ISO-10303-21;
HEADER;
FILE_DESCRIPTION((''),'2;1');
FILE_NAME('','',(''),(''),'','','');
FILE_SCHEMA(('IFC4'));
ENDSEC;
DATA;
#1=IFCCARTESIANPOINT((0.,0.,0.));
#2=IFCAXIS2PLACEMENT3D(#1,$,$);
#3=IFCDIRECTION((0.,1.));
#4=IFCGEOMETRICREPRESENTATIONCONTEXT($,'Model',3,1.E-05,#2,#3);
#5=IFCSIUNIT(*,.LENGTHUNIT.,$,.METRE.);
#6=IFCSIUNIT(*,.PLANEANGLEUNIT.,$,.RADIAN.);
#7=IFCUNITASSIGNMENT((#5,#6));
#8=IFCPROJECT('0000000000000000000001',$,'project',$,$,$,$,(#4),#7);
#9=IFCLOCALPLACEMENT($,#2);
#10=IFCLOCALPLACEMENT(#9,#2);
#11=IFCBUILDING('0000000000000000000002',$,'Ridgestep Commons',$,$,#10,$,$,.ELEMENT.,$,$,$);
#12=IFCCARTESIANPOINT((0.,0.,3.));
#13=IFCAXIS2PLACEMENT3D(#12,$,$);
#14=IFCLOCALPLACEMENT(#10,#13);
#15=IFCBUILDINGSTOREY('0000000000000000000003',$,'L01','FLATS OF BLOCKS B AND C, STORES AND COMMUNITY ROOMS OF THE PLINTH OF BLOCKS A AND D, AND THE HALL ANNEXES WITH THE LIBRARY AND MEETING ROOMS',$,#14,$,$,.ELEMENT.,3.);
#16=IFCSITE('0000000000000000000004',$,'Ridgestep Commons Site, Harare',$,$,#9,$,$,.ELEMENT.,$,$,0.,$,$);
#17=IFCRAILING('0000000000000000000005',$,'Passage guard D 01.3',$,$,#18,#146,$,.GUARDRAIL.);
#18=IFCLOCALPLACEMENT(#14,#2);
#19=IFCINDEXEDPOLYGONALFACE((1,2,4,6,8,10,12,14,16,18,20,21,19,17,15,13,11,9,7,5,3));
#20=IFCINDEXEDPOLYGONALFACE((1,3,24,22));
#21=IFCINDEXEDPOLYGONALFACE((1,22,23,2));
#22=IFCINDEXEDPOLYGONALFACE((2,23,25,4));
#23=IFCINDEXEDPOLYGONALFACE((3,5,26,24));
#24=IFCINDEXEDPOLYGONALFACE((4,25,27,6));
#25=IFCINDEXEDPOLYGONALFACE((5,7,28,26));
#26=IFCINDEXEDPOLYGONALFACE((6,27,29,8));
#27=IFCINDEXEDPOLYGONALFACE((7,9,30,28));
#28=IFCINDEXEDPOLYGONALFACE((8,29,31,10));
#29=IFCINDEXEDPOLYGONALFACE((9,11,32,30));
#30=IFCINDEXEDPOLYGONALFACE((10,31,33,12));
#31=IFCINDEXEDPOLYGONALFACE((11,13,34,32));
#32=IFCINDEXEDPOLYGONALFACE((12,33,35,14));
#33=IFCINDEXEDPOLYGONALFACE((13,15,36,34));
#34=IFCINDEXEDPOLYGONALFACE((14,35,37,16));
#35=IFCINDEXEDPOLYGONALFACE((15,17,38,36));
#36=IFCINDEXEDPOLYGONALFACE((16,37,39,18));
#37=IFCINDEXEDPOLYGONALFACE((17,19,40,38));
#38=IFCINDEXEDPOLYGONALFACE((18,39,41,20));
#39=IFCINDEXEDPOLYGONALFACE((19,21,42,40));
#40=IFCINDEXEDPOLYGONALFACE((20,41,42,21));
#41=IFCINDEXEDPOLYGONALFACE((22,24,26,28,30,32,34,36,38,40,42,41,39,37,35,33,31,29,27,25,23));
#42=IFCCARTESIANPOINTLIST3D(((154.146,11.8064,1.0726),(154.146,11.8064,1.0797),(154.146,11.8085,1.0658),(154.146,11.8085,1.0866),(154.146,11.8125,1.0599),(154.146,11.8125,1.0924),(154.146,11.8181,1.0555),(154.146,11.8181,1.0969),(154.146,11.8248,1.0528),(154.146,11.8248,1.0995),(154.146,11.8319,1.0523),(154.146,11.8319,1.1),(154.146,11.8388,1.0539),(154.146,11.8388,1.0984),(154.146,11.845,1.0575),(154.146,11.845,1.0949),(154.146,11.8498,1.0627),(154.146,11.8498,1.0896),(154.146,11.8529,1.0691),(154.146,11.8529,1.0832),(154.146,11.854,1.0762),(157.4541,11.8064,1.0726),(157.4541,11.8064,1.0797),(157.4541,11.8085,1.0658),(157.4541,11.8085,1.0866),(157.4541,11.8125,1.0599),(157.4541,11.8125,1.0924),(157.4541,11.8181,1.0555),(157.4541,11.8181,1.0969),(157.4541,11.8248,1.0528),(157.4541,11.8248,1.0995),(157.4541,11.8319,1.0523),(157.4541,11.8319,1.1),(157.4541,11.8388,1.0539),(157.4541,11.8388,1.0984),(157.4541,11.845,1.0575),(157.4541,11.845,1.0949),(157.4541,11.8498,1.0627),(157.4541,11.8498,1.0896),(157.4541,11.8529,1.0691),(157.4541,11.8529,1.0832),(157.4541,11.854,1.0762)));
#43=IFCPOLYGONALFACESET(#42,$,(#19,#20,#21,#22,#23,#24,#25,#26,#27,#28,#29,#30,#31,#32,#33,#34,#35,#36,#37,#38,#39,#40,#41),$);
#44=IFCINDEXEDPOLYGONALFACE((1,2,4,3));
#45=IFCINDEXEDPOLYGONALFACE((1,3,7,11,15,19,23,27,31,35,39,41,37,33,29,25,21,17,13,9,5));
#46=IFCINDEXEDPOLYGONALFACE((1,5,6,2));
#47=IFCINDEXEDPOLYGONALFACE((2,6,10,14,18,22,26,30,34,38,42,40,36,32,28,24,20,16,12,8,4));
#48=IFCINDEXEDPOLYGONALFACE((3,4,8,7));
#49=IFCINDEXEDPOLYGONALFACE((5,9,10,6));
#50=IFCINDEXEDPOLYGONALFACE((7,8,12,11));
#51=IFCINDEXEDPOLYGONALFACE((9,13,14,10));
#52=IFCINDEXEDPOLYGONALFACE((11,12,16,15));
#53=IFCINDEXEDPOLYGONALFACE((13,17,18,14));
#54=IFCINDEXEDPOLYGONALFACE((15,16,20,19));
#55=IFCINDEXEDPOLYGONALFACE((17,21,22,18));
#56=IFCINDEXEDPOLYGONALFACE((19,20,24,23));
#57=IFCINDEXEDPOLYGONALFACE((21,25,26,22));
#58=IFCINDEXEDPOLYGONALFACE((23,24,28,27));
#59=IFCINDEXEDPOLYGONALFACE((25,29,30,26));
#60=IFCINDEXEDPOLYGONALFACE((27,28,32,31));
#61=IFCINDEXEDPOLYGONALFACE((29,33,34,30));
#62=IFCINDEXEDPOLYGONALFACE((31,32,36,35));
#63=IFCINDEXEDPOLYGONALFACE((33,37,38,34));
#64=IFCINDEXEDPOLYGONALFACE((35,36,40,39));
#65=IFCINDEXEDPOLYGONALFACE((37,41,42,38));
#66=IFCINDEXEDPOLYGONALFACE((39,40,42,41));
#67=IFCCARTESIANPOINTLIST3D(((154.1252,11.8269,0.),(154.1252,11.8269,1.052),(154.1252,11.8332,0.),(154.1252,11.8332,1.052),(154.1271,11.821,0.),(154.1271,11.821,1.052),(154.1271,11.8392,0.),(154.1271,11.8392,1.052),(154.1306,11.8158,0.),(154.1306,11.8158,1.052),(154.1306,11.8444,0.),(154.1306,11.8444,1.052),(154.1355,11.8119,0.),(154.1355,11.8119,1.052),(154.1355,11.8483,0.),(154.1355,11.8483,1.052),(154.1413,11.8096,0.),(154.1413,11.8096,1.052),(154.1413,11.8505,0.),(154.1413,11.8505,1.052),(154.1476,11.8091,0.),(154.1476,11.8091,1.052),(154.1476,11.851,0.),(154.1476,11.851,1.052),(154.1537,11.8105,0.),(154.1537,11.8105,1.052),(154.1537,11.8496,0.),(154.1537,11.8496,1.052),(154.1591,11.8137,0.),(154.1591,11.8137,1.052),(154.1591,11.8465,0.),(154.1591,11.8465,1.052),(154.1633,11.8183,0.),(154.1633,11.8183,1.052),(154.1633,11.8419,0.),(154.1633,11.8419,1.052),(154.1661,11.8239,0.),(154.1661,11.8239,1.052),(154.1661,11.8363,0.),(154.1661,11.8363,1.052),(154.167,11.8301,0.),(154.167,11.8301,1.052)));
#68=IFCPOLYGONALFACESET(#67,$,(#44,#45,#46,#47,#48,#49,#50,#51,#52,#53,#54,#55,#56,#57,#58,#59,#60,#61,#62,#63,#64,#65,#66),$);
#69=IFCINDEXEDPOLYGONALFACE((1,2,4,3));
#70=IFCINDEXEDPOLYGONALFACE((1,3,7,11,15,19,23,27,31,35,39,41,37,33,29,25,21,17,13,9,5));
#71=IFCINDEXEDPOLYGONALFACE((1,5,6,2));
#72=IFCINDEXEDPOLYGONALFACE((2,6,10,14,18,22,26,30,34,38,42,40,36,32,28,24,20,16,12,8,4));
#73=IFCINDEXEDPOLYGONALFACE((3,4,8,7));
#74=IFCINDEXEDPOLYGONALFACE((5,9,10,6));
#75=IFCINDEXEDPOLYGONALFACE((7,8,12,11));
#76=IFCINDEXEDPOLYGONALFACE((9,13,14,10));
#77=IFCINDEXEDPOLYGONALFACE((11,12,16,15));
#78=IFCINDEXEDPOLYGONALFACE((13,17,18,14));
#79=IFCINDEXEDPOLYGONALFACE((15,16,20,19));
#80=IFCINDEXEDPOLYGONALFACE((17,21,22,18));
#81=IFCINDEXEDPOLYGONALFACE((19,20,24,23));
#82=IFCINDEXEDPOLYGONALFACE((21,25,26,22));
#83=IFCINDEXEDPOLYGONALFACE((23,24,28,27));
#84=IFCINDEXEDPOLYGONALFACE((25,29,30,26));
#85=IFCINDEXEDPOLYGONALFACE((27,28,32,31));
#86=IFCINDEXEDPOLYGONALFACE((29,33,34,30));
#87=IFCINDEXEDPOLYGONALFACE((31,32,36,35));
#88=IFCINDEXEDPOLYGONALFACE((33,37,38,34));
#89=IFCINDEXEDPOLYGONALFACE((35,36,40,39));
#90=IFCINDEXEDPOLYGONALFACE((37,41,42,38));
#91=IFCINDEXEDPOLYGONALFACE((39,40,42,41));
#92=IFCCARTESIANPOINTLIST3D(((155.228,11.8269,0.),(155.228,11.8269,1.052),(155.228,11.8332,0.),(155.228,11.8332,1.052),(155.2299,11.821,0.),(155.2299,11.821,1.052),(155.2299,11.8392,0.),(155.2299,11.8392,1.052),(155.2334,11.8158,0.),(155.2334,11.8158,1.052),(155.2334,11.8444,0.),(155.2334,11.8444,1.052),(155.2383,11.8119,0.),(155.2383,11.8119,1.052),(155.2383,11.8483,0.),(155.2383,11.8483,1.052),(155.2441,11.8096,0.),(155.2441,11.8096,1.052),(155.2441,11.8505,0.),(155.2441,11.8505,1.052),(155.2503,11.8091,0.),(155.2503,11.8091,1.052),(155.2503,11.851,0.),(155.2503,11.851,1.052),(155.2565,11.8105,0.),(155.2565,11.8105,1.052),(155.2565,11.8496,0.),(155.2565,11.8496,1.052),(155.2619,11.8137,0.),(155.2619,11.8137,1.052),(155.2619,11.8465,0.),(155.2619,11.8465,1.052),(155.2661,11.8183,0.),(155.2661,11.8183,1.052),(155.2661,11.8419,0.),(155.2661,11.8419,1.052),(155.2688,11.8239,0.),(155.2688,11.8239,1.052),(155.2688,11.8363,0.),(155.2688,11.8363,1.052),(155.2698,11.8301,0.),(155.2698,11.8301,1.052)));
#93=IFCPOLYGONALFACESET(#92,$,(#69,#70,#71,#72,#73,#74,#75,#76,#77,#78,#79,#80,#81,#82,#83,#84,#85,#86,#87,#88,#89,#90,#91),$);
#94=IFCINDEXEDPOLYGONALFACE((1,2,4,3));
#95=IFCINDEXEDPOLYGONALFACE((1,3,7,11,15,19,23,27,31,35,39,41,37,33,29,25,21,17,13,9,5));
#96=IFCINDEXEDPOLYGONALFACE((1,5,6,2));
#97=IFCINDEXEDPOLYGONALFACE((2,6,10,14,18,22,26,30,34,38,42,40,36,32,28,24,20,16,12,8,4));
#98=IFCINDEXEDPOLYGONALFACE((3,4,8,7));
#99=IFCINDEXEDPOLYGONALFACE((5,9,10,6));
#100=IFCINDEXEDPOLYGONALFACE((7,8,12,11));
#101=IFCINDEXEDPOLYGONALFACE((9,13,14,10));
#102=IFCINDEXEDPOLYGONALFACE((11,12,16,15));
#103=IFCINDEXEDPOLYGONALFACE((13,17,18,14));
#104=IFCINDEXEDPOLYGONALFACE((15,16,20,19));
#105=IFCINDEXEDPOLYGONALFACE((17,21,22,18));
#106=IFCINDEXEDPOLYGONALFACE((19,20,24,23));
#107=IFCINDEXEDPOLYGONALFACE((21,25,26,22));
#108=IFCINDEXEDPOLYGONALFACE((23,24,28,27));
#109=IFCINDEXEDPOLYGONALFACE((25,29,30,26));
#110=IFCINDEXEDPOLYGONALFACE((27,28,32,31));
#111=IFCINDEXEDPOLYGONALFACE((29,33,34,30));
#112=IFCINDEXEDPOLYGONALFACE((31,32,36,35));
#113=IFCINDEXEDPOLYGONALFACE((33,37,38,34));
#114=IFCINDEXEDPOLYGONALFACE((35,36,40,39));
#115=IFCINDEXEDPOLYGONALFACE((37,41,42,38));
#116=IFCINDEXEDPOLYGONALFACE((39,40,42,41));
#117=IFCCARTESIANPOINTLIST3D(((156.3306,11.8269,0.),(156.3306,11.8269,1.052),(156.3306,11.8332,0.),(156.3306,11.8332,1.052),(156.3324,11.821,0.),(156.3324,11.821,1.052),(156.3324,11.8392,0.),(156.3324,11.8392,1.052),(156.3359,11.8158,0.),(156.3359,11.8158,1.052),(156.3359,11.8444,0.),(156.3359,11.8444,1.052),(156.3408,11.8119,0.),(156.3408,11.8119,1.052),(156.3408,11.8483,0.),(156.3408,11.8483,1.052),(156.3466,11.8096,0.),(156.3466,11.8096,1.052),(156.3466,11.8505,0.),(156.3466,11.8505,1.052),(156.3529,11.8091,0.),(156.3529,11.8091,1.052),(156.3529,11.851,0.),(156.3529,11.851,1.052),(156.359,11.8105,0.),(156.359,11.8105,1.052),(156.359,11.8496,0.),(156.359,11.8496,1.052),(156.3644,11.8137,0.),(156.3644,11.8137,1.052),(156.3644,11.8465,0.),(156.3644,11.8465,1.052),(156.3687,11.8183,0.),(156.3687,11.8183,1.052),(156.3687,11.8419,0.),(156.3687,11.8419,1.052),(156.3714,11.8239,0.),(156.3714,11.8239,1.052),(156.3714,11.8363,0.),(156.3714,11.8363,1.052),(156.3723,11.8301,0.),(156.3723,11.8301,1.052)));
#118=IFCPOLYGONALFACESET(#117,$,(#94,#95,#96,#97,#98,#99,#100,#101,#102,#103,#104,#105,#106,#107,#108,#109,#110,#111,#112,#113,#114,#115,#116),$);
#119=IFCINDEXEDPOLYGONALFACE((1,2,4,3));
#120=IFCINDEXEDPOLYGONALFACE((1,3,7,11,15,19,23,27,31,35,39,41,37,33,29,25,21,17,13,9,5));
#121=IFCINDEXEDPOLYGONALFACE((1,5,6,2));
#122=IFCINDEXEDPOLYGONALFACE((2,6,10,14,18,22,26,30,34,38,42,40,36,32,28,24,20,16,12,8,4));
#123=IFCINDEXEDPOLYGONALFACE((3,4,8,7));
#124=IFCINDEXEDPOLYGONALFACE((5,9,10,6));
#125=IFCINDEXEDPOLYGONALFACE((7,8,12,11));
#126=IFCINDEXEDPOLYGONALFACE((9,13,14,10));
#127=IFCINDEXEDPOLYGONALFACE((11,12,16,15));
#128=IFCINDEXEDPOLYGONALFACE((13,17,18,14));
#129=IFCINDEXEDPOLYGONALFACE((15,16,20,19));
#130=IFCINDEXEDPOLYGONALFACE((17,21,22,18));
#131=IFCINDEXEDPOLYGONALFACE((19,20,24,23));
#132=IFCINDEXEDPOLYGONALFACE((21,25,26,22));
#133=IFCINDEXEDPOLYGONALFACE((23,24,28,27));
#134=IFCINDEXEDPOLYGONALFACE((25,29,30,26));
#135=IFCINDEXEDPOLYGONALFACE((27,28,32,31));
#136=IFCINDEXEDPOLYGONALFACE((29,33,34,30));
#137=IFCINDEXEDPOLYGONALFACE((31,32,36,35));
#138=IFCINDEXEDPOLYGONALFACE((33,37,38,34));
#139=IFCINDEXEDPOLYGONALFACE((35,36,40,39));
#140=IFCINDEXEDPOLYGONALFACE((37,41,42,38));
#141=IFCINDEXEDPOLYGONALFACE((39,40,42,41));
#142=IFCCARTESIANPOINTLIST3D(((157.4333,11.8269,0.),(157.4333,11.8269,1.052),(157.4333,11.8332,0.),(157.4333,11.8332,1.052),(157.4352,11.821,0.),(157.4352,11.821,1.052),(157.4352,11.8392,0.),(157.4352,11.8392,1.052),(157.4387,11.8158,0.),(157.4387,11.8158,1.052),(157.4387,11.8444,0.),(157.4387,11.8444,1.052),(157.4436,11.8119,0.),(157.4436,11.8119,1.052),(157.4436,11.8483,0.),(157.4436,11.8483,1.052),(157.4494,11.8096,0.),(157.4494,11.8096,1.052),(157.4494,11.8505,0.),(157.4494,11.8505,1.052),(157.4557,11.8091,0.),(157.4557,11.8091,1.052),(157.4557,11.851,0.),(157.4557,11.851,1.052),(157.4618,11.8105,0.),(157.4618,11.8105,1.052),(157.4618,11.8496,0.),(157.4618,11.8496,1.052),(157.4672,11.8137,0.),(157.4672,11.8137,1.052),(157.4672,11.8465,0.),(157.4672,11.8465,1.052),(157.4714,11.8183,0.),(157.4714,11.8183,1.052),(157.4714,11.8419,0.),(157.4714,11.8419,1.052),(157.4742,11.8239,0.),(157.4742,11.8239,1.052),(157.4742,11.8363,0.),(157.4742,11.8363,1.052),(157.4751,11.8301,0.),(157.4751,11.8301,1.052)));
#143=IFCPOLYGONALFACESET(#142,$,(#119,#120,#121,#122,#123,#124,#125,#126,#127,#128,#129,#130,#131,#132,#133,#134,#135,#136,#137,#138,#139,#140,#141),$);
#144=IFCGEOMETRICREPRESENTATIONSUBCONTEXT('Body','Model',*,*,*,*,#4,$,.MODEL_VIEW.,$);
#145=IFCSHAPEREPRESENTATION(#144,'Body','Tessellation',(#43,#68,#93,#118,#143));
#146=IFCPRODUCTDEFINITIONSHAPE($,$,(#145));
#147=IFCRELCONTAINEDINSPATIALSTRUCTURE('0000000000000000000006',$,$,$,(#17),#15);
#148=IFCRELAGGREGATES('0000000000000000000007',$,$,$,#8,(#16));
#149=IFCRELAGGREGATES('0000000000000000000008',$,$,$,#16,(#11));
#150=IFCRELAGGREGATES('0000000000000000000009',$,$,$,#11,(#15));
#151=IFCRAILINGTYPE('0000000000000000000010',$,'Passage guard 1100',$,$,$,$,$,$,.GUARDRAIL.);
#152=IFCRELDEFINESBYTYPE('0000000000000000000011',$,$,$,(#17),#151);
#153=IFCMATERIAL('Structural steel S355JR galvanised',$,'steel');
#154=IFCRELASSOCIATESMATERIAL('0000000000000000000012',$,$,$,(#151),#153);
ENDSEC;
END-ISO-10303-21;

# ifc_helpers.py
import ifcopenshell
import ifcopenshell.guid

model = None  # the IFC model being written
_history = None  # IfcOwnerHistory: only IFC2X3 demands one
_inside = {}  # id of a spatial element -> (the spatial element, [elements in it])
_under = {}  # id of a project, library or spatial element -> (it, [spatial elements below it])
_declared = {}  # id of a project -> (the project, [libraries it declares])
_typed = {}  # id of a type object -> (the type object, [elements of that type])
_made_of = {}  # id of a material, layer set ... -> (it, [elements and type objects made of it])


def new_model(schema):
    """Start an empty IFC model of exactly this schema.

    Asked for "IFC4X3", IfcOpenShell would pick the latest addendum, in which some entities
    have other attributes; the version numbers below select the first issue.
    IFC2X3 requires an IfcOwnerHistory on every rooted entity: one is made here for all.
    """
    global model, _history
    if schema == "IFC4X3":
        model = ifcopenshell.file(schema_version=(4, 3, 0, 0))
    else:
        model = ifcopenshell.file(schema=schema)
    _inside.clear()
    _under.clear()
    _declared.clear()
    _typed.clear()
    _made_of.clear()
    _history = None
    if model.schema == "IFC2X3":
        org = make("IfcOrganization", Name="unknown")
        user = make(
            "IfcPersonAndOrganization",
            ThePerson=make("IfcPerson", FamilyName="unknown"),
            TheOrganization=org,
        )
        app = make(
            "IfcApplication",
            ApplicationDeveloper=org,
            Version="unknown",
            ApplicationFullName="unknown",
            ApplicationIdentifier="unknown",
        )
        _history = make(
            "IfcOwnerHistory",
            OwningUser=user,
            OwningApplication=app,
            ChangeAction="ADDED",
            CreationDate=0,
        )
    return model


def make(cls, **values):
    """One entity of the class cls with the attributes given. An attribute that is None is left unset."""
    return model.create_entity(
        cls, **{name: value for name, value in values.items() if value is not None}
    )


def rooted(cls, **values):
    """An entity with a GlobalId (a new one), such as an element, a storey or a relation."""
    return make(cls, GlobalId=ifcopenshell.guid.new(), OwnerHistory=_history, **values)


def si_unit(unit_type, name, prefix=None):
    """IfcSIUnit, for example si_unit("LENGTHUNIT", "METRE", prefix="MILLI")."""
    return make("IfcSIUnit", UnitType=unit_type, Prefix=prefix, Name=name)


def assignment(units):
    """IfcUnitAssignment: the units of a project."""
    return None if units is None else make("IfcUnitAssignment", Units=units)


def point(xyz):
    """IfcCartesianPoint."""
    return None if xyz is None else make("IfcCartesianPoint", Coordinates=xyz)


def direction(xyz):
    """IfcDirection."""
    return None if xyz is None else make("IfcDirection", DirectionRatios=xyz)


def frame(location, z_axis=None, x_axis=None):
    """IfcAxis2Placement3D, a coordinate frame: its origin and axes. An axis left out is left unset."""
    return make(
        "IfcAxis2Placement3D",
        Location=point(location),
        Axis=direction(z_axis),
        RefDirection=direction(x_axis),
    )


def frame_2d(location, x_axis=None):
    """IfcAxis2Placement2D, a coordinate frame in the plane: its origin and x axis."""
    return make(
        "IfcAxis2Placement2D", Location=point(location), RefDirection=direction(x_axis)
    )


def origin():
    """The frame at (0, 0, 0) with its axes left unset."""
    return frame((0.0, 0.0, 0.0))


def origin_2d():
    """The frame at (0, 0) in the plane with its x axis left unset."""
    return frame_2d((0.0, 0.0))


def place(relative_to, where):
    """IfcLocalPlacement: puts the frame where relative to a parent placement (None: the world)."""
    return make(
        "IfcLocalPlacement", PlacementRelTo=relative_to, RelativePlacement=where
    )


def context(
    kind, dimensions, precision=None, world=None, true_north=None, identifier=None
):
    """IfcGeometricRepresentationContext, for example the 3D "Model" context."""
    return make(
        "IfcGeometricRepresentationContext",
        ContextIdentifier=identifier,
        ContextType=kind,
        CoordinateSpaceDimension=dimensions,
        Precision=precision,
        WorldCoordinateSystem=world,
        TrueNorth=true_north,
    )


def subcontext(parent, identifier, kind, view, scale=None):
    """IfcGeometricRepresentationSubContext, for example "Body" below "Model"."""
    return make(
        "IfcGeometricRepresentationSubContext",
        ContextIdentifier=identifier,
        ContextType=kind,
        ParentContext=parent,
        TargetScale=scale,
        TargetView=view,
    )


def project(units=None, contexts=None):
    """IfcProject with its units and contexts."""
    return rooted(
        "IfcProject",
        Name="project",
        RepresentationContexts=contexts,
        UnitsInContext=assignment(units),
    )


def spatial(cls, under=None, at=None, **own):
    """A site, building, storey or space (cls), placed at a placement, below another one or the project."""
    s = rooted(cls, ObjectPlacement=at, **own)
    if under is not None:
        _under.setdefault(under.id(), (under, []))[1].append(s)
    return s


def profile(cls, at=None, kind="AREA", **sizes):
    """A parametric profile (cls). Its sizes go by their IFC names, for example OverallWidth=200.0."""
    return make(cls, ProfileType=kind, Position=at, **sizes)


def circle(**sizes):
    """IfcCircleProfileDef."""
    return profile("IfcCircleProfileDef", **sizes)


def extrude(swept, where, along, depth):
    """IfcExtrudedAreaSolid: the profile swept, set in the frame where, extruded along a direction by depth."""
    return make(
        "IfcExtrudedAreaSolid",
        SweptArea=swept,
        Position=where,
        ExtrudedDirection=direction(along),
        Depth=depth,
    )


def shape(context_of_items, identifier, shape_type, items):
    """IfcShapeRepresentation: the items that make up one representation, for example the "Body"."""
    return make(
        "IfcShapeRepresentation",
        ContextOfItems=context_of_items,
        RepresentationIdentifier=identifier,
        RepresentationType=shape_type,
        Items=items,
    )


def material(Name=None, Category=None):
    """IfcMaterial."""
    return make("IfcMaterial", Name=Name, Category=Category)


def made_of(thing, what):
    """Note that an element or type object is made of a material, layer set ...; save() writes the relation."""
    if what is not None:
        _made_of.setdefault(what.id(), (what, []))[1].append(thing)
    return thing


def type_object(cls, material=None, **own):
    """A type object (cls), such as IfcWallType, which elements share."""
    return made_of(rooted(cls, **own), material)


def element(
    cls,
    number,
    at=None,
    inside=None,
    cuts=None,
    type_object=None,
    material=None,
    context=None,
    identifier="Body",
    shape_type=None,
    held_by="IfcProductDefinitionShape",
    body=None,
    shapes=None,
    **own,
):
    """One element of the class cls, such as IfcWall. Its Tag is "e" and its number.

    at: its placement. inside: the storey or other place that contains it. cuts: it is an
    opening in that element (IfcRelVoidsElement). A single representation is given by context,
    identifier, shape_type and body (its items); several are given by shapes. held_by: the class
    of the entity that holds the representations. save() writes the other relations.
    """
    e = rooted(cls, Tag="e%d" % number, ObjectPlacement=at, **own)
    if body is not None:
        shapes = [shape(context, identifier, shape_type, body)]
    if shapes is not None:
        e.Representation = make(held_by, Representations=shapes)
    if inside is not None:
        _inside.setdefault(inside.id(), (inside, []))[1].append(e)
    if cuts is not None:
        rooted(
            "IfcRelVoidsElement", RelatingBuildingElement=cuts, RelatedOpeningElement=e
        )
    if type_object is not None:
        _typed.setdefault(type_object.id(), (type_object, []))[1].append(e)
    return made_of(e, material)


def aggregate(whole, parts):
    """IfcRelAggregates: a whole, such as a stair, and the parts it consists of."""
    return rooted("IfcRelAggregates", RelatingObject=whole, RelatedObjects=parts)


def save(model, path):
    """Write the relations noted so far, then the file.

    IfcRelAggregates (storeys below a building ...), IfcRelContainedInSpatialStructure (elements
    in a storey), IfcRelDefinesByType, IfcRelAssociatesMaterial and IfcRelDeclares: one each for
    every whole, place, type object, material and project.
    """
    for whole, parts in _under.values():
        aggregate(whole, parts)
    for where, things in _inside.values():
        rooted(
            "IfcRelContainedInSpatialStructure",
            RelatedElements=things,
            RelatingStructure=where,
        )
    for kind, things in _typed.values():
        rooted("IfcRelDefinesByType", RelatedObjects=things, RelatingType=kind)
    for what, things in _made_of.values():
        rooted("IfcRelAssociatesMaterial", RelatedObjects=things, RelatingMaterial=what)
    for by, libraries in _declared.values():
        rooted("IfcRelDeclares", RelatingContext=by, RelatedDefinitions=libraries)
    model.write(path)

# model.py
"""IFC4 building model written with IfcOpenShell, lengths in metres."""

from ifc_helpers import new_model, si_unit, direction, frame, origin, origin_2d, place, context, subcontext, project, spatial, circle, extrude, material, type_object, element, save


model = new_model("IFC4")

# Units and contexts
model_context = context("Model", 3, precision=1e-05, world=origin(), true_north=direction((0.0, 1.0)))
body_context = subcontext(model_context, "Body", "Model", "MODEL_VIEW")
ifc_project = project(units=[si_unit("LENGTHUNIT", "METRE"), si_unit("PLANEANGLEUNIT", "RADIAN")], contexts=[model_context])

# Site, building, storey
site_placement = place(None, origin())
site = spatial("IfcSite", under=ifc_project, at=site_placement, Name="Ridgestep Commons Site, Harare", CompositionType="ELEMENT", RefElevation=0.0)
building_placement = place(site_placement, origin())
building = spatial("IfcBuilding", under=site, at=building_placement, Name="Ridgestep Commons", CompositionType="ELEMENT")
storey_placement = place(building_placement, frame((0.0, 0.0, 3.0)))
storey = spatial("IfcBuildingStorey", under=building, at=storey_placement, Name="L01", Description="FLATS OF BLOCKS B AND C, STORES AND COMMUNITY ROOMS OF THE PLINTH OF BLOCKS A AND D, AND THE HALL ANNEXES WITH THE LIBRARY AND MEETING ROOMS", CompositionType="ELEMENT", Elevation=3.0)

# Railing
ifc_material_1 = material(Name="Structural steel S355JR galvanised", Category="steel")
railing_type = type_object("IfcRailingType", Name="Passage guard 1100", PredefinedType="GUARDRAIL", material=ifc_material_1)
for number, where, name in (
    (1, (154.146, 11.8301, 0.0), "Passage guard D 01.3"),
):
    element("IfcRailing", number, at=place(storey_placement, frame(where)), inside=storey, type_object=railing_type, Name=name, PredefinedType="GUARDRAIL", context=body_context, shape_type="SweptSolid", body=[
        extrude(circle(Radius=0.0239, at=origin_2d()), frame((0.0, 0.0, 1.0762), z_axis=(1.0, 0.0, 0.0), x_axis=(0.0, 1.0, 0.0)), (0.0, 0.0, 1.0), 3.3081),
        extrude(circle(Radius=0.021, at=origin_2d()), origin(), (0.0, 0.0, 1.0), 1.052),
        extrude(circle(Radius=0.021, at=origin_2d()), frame((1.1028, 0.0, 0.0)), (0.0, 0.0, 1.0), 1.052),
        extrude(circle(Radius=0.021, at=origin_2d()), frame((2.2053, 0.0, 0.0)), (0.0, 0.0, 1.0), 1.052),
        extrude(circle(Radius=0.021, at=origin_2d()), frame((3.3081, 0.0, 0.0)), (0.0, 0.0, 1.0), 1.052),
    ])

save(model, "model.ifc")
